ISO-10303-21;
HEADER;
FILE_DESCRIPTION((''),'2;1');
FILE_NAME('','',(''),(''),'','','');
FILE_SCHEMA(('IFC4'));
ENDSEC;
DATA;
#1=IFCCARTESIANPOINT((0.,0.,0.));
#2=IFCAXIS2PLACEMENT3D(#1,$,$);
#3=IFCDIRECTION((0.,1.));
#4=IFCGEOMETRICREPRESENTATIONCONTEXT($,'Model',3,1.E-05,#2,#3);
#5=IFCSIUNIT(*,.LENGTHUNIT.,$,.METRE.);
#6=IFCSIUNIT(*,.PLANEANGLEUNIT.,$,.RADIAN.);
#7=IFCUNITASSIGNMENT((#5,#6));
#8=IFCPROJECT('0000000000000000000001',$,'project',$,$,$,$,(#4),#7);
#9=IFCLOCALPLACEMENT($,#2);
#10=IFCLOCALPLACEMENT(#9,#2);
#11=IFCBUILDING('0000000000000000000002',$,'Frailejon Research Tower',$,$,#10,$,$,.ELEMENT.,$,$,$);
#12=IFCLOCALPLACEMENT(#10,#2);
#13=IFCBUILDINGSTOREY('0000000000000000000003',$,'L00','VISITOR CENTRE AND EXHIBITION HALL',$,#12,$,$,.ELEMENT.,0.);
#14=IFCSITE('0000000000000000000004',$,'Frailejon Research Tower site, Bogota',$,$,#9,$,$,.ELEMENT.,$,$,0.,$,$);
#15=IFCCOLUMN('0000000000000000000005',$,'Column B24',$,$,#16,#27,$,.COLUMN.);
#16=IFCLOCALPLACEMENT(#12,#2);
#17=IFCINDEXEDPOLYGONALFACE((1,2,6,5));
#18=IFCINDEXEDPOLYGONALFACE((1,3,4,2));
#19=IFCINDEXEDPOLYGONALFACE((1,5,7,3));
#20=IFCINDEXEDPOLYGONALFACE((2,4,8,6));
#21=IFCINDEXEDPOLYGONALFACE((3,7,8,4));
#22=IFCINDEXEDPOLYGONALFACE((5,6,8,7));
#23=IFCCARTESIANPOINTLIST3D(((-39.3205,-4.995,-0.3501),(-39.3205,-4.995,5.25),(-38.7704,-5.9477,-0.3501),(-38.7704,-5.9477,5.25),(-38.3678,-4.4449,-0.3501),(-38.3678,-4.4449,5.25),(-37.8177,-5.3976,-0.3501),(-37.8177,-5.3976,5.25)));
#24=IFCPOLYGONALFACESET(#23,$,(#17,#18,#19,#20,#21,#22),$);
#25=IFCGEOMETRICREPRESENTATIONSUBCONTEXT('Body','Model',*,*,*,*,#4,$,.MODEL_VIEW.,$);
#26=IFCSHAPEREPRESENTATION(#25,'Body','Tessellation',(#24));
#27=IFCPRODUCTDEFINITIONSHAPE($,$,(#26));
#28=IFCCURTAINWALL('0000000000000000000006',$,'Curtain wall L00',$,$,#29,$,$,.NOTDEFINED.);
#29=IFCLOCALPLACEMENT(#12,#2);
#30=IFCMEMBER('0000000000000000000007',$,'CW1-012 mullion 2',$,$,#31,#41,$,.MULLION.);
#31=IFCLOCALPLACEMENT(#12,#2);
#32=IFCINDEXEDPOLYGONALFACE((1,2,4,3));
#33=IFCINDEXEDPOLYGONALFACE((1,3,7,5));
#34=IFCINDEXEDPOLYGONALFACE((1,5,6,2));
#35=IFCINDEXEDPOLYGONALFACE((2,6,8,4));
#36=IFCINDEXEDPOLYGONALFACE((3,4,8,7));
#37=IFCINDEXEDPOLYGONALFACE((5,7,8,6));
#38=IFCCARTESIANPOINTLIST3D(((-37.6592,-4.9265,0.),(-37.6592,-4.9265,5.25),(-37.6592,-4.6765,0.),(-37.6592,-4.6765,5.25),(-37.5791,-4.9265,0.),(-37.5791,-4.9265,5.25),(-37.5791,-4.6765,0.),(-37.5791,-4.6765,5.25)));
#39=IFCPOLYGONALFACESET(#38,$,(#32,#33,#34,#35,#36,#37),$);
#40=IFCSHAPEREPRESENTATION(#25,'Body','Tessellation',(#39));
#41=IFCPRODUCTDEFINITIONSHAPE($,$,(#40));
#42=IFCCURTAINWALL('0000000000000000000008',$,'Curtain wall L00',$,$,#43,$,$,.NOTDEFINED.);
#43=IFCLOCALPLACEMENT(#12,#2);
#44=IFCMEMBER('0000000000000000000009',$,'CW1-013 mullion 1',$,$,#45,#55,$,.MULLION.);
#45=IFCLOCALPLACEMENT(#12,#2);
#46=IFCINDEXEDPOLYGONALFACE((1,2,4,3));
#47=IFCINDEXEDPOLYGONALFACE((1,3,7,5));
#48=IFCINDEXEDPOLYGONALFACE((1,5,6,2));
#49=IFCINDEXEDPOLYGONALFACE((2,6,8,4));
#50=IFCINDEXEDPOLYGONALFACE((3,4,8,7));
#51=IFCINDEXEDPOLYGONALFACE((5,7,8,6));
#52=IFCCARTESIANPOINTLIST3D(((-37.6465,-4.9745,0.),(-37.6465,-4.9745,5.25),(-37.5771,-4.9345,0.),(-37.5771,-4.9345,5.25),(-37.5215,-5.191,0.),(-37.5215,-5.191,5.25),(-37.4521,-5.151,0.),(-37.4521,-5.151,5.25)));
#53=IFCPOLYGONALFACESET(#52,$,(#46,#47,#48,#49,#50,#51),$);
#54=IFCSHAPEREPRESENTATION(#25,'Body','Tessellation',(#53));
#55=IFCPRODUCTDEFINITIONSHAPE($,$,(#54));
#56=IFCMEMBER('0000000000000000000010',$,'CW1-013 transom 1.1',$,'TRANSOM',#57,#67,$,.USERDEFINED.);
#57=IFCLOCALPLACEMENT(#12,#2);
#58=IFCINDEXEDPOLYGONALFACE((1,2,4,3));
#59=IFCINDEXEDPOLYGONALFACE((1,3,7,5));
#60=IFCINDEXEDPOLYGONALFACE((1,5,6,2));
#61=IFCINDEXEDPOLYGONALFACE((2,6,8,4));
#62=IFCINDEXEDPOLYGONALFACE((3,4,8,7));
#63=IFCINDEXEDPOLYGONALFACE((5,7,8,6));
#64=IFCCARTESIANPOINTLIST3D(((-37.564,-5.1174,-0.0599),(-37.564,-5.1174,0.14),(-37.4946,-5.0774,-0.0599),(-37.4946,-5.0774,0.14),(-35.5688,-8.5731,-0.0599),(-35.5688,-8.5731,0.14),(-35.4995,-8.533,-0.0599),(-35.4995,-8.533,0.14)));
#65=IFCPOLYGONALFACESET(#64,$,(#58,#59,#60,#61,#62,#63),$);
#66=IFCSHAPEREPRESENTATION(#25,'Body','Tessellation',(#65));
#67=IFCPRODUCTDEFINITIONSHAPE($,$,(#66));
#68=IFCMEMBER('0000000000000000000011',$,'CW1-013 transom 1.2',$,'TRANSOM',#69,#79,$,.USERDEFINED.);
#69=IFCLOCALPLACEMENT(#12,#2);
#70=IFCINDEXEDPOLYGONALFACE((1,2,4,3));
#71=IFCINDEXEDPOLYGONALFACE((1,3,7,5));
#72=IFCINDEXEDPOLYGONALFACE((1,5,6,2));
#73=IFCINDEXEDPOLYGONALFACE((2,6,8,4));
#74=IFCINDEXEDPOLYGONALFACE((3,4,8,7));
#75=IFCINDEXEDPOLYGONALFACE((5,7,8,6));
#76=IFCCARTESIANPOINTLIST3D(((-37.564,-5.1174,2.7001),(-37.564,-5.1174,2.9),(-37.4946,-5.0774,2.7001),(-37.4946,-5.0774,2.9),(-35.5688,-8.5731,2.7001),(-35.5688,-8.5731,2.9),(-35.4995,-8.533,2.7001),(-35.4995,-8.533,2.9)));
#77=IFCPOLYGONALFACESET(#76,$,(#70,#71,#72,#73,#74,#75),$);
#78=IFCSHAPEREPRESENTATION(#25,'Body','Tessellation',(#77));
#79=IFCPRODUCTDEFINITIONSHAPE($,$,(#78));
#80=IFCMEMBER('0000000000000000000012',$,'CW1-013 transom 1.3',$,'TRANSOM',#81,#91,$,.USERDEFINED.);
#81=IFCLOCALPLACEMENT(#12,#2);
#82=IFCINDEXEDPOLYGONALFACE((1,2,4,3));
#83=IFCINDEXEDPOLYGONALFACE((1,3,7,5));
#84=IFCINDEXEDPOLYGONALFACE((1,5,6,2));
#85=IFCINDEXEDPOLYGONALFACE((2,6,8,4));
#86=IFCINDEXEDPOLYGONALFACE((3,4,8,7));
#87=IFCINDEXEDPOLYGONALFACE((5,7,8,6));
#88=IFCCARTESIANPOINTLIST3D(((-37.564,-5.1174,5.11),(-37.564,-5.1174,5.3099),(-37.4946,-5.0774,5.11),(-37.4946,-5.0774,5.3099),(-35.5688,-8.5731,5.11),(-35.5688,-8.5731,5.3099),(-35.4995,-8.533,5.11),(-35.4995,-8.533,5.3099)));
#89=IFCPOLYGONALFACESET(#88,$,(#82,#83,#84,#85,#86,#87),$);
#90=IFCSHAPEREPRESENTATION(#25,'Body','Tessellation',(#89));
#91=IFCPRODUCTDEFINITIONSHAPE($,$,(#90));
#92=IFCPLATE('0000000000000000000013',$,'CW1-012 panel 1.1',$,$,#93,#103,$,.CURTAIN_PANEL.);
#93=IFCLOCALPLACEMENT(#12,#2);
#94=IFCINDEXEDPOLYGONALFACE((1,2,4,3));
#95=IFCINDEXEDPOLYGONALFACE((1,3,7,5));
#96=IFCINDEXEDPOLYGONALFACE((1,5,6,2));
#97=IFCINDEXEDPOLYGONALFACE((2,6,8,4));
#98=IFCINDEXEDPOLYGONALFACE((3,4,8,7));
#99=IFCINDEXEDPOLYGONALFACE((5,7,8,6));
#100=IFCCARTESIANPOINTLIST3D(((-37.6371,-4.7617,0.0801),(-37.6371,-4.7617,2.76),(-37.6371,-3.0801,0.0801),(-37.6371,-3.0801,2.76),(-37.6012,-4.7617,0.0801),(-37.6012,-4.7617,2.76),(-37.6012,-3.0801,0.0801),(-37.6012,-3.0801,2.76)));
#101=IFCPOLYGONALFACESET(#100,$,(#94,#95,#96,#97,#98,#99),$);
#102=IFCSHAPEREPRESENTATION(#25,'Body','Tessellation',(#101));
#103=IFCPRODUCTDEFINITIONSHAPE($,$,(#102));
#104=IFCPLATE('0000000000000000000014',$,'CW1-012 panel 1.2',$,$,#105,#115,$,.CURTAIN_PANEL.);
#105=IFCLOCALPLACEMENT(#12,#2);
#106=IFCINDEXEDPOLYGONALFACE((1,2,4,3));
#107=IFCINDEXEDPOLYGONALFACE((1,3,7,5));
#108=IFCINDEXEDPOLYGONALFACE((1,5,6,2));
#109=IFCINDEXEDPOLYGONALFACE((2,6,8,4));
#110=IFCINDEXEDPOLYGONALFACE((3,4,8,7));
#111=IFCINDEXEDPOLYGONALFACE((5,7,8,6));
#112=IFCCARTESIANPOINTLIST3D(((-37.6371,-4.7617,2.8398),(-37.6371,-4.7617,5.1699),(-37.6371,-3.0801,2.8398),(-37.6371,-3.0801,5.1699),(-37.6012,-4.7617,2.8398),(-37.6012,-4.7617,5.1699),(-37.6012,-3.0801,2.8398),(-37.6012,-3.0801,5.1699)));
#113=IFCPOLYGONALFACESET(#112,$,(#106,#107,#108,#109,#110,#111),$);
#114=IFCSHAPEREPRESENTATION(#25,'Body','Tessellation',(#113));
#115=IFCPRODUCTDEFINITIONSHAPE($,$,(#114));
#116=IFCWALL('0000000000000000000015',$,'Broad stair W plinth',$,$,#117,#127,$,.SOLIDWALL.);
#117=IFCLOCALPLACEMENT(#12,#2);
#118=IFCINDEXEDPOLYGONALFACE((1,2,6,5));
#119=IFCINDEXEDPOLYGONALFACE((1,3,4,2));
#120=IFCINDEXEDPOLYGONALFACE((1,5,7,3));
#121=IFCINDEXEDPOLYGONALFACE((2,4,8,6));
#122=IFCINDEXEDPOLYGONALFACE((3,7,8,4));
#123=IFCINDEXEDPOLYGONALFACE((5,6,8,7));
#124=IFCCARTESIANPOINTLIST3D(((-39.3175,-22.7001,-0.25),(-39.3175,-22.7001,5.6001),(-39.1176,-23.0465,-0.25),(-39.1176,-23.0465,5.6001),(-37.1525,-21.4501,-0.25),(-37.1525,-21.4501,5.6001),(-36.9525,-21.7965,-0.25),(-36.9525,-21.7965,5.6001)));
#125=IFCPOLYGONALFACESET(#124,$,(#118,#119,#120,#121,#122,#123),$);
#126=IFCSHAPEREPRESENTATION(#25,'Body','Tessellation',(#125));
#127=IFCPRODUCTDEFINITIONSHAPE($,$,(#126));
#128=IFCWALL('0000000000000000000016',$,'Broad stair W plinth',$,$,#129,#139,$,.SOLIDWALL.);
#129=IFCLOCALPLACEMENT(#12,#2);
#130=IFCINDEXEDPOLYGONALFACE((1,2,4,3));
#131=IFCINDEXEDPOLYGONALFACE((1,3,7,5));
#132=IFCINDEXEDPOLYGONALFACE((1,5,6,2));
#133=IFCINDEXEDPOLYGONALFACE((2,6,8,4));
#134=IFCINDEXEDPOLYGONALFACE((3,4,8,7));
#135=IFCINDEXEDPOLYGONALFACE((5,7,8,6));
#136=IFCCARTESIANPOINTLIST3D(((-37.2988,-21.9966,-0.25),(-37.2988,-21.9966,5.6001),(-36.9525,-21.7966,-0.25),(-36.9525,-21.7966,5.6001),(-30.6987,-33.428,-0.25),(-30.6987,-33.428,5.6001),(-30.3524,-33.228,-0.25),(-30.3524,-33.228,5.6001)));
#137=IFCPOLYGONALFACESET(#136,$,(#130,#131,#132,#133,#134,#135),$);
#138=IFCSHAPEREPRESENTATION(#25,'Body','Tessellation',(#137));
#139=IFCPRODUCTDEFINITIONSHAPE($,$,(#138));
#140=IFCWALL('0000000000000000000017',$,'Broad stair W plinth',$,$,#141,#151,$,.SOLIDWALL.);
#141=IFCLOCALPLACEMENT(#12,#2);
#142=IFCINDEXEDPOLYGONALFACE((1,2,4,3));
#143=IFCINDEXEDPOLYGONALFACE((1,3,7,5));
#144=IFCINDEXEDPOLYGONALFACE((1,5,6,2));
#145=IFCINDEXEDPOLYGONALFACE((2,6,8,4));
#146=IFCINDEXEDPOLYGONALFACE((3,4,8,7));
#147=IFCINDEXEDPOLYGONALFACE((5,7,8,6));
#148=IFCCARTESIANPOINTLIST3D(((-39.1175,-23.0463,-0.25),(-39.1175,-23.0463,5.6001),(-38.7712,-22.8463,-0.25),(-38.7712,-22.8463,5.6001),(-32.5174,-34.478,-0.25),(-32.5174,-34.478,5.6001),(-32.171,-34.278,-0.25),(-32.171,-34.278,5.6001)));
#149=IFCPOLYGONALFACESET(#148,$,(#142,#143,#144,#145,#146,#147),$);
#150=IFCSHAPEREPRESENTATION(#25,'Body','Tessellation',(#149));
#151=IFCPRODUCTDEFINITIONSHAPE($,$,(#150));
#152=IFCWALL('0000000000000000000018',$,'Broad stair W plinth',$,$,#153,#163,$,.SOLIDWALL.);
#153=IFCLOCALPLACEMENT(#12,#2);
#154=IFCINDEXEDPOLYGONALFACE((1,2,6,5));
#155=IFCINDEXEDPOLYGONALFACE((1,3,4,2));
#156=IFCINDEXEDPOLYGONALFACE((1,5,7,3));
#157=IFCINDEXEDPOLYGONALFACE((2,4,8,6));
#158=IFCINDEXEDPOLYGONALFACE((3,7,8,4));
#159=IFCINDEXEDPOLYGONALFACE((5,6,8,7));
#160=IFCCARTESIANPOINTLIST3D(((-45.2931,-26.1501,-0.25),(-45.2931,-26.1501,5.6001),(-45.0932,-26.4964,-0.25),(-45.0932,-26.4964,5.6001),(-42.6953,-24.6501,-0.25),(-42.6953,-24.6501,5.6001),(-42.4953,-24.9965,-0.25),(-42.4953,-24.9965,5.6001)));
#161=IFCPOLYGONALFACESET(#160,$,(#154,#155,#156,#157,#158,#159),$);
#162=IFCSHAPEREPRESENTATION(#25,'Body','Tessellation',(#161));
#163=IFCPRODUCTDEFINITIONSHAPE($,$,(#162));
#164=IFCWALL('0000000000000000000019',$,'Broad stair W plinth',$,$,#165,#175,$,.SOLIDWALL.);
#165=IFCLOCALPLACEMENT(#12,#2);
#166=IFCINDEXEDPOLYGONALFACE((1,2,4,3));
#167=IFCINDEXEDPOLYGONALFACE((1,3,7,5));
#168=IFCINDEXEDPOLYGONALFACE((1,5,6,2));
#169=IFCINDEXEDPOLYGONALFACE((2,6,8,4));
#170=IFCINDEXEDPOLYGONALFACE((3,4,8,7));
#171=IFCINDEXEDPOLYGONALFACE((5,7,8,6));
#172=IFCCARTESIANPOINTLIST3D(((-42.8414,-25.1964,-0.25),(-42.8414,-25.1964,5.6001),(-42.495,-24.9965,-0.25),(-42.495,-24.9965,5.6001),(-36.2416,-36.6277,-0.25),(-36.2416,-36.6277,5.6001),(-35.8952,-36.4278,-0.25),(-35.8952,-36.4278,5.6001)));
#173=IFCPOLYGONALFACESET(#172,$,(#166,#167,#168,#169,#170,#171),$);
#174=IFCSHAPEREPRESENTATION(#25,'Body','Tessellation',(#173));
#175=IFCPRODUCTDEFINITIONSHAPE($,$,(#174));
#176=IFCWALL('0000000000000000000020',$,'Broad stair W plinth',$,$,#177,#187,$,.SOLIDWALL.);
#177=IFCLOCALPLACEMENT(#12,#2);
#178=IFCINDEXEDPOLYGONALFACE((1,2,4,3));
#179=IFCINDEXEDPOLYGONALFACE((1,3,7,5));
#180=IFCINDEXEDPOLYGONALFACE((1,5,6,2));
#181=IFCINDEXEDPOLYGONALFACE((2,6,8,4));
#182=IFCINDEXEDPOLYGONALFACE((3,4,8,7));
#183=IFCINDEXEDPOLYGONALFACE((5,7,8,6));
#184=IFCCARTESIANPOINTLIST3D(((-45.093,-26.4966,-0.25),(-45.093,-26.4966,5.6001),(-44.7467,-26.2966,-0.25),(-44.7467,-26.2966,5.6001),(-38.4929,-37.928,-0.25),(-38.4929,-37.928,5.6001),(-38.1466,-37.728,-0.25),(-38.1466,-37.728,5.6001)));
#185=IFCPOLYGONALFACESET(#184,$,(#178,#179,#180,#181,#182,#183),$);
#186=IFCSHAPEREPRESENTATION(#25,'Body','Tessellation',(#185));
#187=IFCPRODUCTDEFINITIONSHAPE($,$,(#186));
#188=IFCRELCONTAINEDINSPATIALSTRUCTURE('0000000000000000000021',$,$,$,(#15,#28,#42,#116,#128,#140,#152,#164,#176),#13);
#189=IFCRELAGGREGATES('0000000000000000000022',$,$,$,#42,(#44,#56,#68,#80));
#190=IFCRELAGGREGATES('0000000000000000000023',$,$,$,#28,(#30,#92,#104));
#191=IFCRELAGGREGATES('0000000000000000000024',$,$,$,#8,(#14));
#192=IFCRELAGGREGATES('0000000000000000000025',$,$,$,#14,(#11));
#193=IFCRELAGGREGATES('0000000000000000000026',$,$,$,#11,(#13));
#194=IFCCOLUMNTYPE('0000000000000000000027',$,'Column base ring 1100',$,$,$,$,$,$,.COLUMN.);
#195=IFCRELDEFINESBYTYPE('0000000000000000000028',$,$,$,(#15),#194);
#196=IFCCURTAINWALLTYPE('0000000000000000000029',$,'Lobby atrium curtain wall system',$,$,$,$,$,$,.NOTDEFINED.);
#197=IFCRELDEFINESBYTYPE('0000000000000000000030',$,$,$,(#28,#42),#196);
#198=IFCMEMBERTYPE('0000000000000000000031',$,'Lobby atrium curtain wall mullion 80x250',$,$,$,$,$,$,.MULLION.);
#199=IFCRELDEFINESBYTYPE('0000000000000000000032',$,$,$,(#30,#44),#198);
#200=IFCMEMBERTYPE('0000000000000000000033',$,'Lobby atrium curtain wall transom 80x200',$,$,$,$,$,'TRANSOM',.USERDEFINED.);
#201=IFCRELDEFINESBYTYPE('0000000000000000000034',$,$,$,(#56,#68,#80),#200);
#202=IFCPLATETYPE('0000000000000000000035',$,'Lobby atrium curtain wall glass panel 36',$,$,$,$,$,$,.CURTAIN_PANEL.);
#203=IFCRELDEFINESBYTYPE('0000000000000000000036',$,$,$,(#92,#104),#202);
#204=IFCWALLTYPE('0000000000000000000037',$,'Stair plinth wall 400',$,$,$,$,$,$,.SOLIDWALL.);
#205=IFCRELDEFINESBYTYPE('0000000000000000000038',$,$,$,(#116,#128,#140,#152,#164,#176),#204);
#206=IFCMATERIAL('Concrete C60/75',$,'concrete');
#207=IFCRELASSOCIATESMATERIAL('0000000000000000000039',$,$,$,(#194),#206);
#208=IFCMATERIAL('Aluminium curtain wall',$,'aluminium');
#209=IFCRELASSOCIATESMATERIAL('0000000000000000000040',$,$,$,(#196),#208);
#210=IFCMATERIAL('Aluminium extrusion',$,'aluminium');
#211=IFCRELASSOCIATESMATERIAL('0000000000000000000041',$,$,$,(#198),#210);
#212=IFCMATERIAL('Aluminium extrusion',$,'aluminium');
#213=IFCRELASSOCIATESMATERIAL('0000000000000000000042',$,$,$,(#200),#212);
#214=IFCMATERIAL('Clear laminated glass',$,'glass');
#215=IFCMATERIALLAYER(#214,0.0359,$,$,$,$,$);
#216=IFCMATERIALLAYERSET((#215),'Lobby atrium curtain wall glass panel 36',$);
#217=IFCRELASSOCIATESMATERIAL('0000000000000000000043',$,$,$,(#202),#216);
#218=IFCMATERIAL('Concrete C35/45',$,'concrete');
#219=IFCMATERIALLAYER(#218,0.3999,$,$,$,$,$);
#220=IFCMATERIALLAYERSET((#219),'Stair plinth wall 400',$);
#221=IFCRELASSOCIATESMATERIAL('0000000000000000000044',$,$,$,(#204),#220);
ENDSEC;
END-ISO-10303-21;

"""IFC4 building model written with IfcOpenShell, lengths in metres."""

from ifc_helpers import new_model, si_unit, direction, frame, frame_2d, origin, origin_2d, place, context, subcontext, project, spatial, rectangle, extrude, material, layer, layer_set, material_profile, profile_set, type_object, element, aggregate, save


model = new_model("IFC4")

# Units and contexts
model_context = context("Model", 3, precision=1e-05, world=origin(), true_north=direction((0.0, 1.0)))
body_context = subcontext(model_context, "Body", "Model", "MODEL_VIEW")
ifc_project = project(units=[si_unit("LENGTHUNIT", "METRE"), si_unit("PLANEANGLEUNIT", "RADIAN")], contexts=[model_context])

# Site, building, storey
site_placement = place(None, origin())
site = spatial("IfcSite", under=ifc_project, at=site_placement, Name="Frailejon Research Tower site, Bogota", CompositionType="ELEMENT", RefElevation=0.0)
building_placement = place(site_placement, origin())
building = spatial("IfcBuilding", under=site, at=building_placement, Name="Frailejon Research Tower", CompositionType="ELEMENT")
storey_placement = place(building_placement, origin())
storey = spatial("IfcBuildingStorey", under=building, at=storey_placement, Name="L00", Description="VISITOR CENTRE AND EXHIBITION HALL", CompositionType="ELEMENT", Elevation=0.0)

# Column
ifc_material_1 = material(Name="Concrete C60/75", Category="concrete")
ifc_material_profile_1 = material_profile(ifc_material_1, rectangle(XDim=1.1001, YDim=1.1001, at=origin_2d()), Name="Column base ring 1100")
ifc_profile_set_1 = profile_set([ifc_material_profile_1], Name="Concrete C60/75")
column_type = type_object("IfcColumnType", Name="Column base ring 1100", PredefinedType="COLUMN", material=ifc_profile_set_1)
column_placement = place(storey_placement, frame((-38.5691, -5.1963, -0.3501), z_axis=(0.0, 0.0, 1.0), x_axis=(0.5, -0.866025, 0.0)))
element("IfcColumn", 1, at=column_placement, inside=storey, type_object=column_type, Name="Column B24", PredefinedType="COLUMN", context=body_context, shape_type="SweptSolid", body=[
    extrude(rectangle(XDim=1.1001, YDim=1.1001, at=origin_2d()), origin(), (0.0, 0.0, 1.0), 5.6001),
])

# Curtain wall, member
ifc_material_2 = material(Name="Aluminium curtain wall", Category="aluminium")
curtain_wall_type = type_object("IfcCurtainWallType", Name="Lobby atrium curtain wall system", PredefinedType="NOTDEFINED", material=ifc_material_2)
curtain_wall_1_placement = place(storey_placement, origin())
curtain_wall_1 = element("IfcCurtainWall", 2, at=curtain_wall_1_placement, inside=storey, type_object=curtain_wall_type, Name="Curtain wall L00", PredefinedType="NOTDEFINED")
ifc_material_3 = material(Name="Aluminium extrusion", Category="aluminium")
ifc_material_profile_2 = material_profile(ifc_material_3, rectangle(XDim=0.0801, YDim=0.25, at=origin_2d()), Name="Lobby atrium curtain wall mullion 80x250")
ifc_profile_set_2 = profile_set([ifc_material_profile_2], Name="Aluminium extrusion")
member_type_1 = type_object("IfcMemberType", Name="Lobby atrium curtain wall mullion 80x250", PredefinedType="MULLION", material=ifc_profile_set_2)
member_1_placement = place(storey_placement, frame((-37.6191, -4.8015, 0.0), z_axis=(0.0, 0.0, 1.0), x_axis=(1.0, 0.0, 0.0)))
member_1 = element("IfcMember", 3, at=member_1_placement, type_object=member_type_1, Name="CW1-012 mullion 2", PredefinedType="MULLION", context=body_context, shape_type="SweptSolid", body=[
    extrude(rectangle(XDim=0.0801, YDim=0.25, at=origin_2d()), origin(), (0.0, 0.0, 1.0), 5.25),
])

# Curtain wall, members
curtain_wall_2_placement = place(storey_placement, origin())
curtain_wall_2 = element("IfcCurtainWall", 4, at=curtain_wall_2_placement, inside=storey, type_object=curtain_wall_type, Name="Curtain wall L00", PredefinedType="NOTDEFINED")
member_2_placement = place(storey_placement, frame((-37.5493, -5.0627, 0.0), z_axis=(0.0, 0.0, 1.0), x_axis=(0.866026, 0.5, 0.0)))
member_2 = element("IfcMember", 5, at=member_2_placement, type_object=member_type_1, Name="CW1-013 mullion 1", PredefinedType="MULLION", context=body_context, shape_type="SweptSolid", body=[
    extrude(rectangle(XDim=0.0801, YDim=0.25, at=origin_2d()), origin(), (0.0, 0.0, 1.0), 5.25),
])
ifc_material_4 = material(Name="Aluminium extrusion", Category="aluminium")
ifc_material_profile_3 = material_profile(ifc_material_4, rectangle(XDim=0.0801, YDim=0.2, at=origin_2d()), Name="Lobby atrium curtain wall transom 80x200")
ifc_profile_set_3 = profile_set([ifc_material_profile_3], Name="Aluminium extrusion")
member_type_2 = type_object("IfcMemberType", Name="Lobby atrium curtain wall transom 80x200", ElementType="TRANSOM", PredefinedType="USERDEFINED", material=ifc_profile_set_3)
member_3_placement = place(storey_placement, frame((-37.5293, -5.0974, 0.04), z_axis=(0.500008, -0.866021, 0.0), x_axis=(0.866021, 0.500008, 0.0)))
member_3 = element("IfcMember", 6, at=member_3_placement, type_object=member_type_2, Name="CW1-013 transom 1.1", ObjectType="TRANSOM", PredefinedType="USERDEFINED", context=body_context, shape_type="SweptSolid", body=[
    extrude(rectangle(XDim=0.0801, YDim=0.2, at=origin_2d()), origin(), (0.0, 0.0, 1.0), 3.9902),
])
member_4_placement = place(storey_placement, frame((-37.5293, -5.0974, 2.8), z_axis=(0.500008, -0.866021, 0.0), x_axis=(0.866021, 0.500008, 0.0)))
member_4 = element("IfcMember", 7, at=member_4_placement, type_object=member_type_2, Name="CW1-013 transom 1.2", ObjectType="TRANSOM", PredefinedType="USERDEFINED", context=body_context, shape_type="SweptSolid", body=[
    extrude(rectangle(XDim=0.0801, YDim=0.2, at=origin_2d()), origin(), (0.0, 0.0, 1.0), 3.9902),
])
member_5_placement = place(storey_placement, frame((-37.5293, -5.0974, 5.21), z_axis=(0.500008, -0.866021, 0.0), x_axis=(0.866021, 0.500008, 0.0)))
member_5 = element("IfcMember", 8, at=member_5_placement, type_object=member_type_2, Name="CW1-013 transom 1.3", ObjectType="TRANSOM", PredefinedType="USERDEFINED", context=body_context, shape_type="SweptSolid", body=[
    extrude(rectangle(XDim=0.0801, YDim=0.2, at=origin_2d()), origin(), (0.0, 0.0, 1.0), 3.9902),
])
aggregate(curtain_wall_2, [member_2, member_3, member_4, member_5])

# Plates
ifc_material_5 = material(Name="Clear laminated glass", Category="glass")
ifc_layer_1 = layer(ifc_material_5, 0.0359)
ifc_layer_set_1 = layer_set([ifc_layer_1], Name="Lobby atrium curtain wall glass panel 36")
plate_type = type_object("IfcPlateType", Name="Lobby atrium curtain wall glass panel 36", PredefinedType="CURTAIN_PANEL", material=ifc_layer_set_1)
plate_1_placement = place(storey_placement, frame((-37.6191, -3.9209, 0.0801), z_axis=(0.0, 0.0, 1.0), x_axis=(0.0, -1.0, 0.0)))
plate_1 = element("IfcPlate", 9, at=plate_1_placement, type_object=plate_type, Name="CW1-012 panel 1.1", PredefinedType="CURTAIN_PANEL", context=body_context, shape_type="SweptSolid", body=[
    extrude(rectangle(XDim=1.6816, YDim=0.0359, at=origin_2d()), origin(), (0.0, 0.0, 1.0), 2.6799),
])
plate_2_placement = place(storey_placement, frame((-37.6191, -3.9209, 2.8398), z_axis=(0.0, 0.0, 1.0), x_axis=(0.0, -1.0, 0.0)))
plate_2 = element("IfcPlate", 10, at=plate_2_placement, type_object=plate_type, Name="CW1-012 panel 1.2", PredefinedType="CURTAIN_PANEL", context=body_context, shape_type="SweptSolid", body=[
    extrude(rectangle(XDim=1.6816, YDim=0.0359, at=origin_2d()), origin(), (0.0, 0.0, 1.0), 2.3301),
])
aggregate(curtain_wall_1, [member_1, plate_1, plate_2])

# Walls
ifc_material_6 = material(Name="Concrete C35/45", Category="concrete")
ifc_layer_2 = layer(ifc_material_6, 0.3999)
ifc_layer_set_2 = layer_set([ifc_layer_2], Name="Stair plinth wall 400")
wall_type = type_object("IfcWallType", Name="Stair plinth wall 400", PredefinedType="SOLIDWALL", material=ifc_layer_set_2)
wall_1_placement = place(storey_placement, frame((-37.0525, -21.6233, -0.25), z_axis=(0.0, 0.0, 1.0), x_axis=(-0.866023, -0.500004, 0.0)))
element("IfcWall", 11, at=wall_1_placement, inside=storey, type_object=wall_type, Name="Broad stair W plinth", PredefinedType="SOLIDWALL", context=body_context, shape_type="SweptSolid", body=[
    extrude(rectangle(XDim=2.5, YDim=0.3999, at=frame_2d((1.25, 0.0))), origin(), (0.0, 0.0, 1.0), 5.8501),
])
wall_2_placement = place(storey_placement, frame((-37.1257, -21.8965, -0.25), z_axis=(0.0, 0.0, 1.0), x_axis=(0.50001, -0.86602, 0.0)))
element("IfcWall", 12, at=wall_2_placement, inside=storey, type_object=wall_type, Name="Broad stair W plinth", PredefinedType="SOLIDWALL", context=body_context, shape_type="SweptSolid", body=[
    extrude(rectangle(XDim=13.2, YDim=0.3999, at=frame_2d((6.6001, 0.0))), origin(), (0.0, 0.0, 1.0), 5.8501),
])
wall_3_placement = place(storey_placement, frame((-38.9443, -22.9463, -0.25), z_axis=(0.0, 0.0, 1.0), x_axis=(0.500002, -0.866024, 0.0)))
element("IfcWall", 13, at=wall_3_placement, inside=storey, type_object=wall_type, Name="Broad stair W plinth", PredefinedType="SOLIDWALL", context=body_context, shape_type="SweptSolid", body=[
    extrude(rectangle(XDim=13.2002, YDim=0.3999, at=frame_2d((6.6001, 0.0))), origin(), (0.0, 0.0, 1.0), 5.8501),
])
wall_4_placement = place(storey_placement, frame((-42.5952, -24.8232, -0.25), z_axis=(0.0, 0.0, 1.0), x_axis=(-0.866011, -0.500025, 0.0)))
element("IfcWall", 14, at=wall_4_placement, inside=storey, type_object=wall_type, Name="Broad stair W plinth", PredefinedType="SOLIDWALL", context=body_context, shape_type="SweptSolid", body=[
    extrude(rectangle(XDim=2.9998, YDim=0.3999, at=frame_2d((1.5, 0.0))), origin(), (0.0, 0.0, 1.0), 5.8501),
])
wall_5_placement = place(storey_placement, frame((-42.6682, -25.0964, -0.25), z_axis=(0.0, 0.0, 1.0), x_axis=(0.499996, -0.866028, 0.0)))
element("IfcWall", 15, at=wall_5_placement, inside=storey, type_object=wall_type, Name="Broad stair W plinth", PredefinedType="SOLIDWALL", context=body_context, shape_type="SweptSolid", body=[
    extrude(rectangle(XDim=13.1997, YDim=0.3999, at=frame_2d((6.5999, 0.0))), origin(), (0.0, 0.0, 1.0), 5.8501),
])
wall_6_placement = place(storey_placement, frame((-44.9199, -26.3965, -0.25), z_axis=(0.0, 0.0, 1.0), x_axis=(0.50001, -0.86602, 0.0)))
element("IfcWall", 16, at=wall_6_placement, inside=storey, type_object=wall_type, Name="Broad stair W plinth", PredefinedType="SOLIDWALL", context=body_context, shape_type="SweptSolid", body=[
    extrude(rectangle(XDim=13.2, YDim=0.3999, at=frame_2d((6.6001, 0.0))), origin(), (0.0, 0.0, 1.0), 5.8501),
])

save(model, "model.ifc")
